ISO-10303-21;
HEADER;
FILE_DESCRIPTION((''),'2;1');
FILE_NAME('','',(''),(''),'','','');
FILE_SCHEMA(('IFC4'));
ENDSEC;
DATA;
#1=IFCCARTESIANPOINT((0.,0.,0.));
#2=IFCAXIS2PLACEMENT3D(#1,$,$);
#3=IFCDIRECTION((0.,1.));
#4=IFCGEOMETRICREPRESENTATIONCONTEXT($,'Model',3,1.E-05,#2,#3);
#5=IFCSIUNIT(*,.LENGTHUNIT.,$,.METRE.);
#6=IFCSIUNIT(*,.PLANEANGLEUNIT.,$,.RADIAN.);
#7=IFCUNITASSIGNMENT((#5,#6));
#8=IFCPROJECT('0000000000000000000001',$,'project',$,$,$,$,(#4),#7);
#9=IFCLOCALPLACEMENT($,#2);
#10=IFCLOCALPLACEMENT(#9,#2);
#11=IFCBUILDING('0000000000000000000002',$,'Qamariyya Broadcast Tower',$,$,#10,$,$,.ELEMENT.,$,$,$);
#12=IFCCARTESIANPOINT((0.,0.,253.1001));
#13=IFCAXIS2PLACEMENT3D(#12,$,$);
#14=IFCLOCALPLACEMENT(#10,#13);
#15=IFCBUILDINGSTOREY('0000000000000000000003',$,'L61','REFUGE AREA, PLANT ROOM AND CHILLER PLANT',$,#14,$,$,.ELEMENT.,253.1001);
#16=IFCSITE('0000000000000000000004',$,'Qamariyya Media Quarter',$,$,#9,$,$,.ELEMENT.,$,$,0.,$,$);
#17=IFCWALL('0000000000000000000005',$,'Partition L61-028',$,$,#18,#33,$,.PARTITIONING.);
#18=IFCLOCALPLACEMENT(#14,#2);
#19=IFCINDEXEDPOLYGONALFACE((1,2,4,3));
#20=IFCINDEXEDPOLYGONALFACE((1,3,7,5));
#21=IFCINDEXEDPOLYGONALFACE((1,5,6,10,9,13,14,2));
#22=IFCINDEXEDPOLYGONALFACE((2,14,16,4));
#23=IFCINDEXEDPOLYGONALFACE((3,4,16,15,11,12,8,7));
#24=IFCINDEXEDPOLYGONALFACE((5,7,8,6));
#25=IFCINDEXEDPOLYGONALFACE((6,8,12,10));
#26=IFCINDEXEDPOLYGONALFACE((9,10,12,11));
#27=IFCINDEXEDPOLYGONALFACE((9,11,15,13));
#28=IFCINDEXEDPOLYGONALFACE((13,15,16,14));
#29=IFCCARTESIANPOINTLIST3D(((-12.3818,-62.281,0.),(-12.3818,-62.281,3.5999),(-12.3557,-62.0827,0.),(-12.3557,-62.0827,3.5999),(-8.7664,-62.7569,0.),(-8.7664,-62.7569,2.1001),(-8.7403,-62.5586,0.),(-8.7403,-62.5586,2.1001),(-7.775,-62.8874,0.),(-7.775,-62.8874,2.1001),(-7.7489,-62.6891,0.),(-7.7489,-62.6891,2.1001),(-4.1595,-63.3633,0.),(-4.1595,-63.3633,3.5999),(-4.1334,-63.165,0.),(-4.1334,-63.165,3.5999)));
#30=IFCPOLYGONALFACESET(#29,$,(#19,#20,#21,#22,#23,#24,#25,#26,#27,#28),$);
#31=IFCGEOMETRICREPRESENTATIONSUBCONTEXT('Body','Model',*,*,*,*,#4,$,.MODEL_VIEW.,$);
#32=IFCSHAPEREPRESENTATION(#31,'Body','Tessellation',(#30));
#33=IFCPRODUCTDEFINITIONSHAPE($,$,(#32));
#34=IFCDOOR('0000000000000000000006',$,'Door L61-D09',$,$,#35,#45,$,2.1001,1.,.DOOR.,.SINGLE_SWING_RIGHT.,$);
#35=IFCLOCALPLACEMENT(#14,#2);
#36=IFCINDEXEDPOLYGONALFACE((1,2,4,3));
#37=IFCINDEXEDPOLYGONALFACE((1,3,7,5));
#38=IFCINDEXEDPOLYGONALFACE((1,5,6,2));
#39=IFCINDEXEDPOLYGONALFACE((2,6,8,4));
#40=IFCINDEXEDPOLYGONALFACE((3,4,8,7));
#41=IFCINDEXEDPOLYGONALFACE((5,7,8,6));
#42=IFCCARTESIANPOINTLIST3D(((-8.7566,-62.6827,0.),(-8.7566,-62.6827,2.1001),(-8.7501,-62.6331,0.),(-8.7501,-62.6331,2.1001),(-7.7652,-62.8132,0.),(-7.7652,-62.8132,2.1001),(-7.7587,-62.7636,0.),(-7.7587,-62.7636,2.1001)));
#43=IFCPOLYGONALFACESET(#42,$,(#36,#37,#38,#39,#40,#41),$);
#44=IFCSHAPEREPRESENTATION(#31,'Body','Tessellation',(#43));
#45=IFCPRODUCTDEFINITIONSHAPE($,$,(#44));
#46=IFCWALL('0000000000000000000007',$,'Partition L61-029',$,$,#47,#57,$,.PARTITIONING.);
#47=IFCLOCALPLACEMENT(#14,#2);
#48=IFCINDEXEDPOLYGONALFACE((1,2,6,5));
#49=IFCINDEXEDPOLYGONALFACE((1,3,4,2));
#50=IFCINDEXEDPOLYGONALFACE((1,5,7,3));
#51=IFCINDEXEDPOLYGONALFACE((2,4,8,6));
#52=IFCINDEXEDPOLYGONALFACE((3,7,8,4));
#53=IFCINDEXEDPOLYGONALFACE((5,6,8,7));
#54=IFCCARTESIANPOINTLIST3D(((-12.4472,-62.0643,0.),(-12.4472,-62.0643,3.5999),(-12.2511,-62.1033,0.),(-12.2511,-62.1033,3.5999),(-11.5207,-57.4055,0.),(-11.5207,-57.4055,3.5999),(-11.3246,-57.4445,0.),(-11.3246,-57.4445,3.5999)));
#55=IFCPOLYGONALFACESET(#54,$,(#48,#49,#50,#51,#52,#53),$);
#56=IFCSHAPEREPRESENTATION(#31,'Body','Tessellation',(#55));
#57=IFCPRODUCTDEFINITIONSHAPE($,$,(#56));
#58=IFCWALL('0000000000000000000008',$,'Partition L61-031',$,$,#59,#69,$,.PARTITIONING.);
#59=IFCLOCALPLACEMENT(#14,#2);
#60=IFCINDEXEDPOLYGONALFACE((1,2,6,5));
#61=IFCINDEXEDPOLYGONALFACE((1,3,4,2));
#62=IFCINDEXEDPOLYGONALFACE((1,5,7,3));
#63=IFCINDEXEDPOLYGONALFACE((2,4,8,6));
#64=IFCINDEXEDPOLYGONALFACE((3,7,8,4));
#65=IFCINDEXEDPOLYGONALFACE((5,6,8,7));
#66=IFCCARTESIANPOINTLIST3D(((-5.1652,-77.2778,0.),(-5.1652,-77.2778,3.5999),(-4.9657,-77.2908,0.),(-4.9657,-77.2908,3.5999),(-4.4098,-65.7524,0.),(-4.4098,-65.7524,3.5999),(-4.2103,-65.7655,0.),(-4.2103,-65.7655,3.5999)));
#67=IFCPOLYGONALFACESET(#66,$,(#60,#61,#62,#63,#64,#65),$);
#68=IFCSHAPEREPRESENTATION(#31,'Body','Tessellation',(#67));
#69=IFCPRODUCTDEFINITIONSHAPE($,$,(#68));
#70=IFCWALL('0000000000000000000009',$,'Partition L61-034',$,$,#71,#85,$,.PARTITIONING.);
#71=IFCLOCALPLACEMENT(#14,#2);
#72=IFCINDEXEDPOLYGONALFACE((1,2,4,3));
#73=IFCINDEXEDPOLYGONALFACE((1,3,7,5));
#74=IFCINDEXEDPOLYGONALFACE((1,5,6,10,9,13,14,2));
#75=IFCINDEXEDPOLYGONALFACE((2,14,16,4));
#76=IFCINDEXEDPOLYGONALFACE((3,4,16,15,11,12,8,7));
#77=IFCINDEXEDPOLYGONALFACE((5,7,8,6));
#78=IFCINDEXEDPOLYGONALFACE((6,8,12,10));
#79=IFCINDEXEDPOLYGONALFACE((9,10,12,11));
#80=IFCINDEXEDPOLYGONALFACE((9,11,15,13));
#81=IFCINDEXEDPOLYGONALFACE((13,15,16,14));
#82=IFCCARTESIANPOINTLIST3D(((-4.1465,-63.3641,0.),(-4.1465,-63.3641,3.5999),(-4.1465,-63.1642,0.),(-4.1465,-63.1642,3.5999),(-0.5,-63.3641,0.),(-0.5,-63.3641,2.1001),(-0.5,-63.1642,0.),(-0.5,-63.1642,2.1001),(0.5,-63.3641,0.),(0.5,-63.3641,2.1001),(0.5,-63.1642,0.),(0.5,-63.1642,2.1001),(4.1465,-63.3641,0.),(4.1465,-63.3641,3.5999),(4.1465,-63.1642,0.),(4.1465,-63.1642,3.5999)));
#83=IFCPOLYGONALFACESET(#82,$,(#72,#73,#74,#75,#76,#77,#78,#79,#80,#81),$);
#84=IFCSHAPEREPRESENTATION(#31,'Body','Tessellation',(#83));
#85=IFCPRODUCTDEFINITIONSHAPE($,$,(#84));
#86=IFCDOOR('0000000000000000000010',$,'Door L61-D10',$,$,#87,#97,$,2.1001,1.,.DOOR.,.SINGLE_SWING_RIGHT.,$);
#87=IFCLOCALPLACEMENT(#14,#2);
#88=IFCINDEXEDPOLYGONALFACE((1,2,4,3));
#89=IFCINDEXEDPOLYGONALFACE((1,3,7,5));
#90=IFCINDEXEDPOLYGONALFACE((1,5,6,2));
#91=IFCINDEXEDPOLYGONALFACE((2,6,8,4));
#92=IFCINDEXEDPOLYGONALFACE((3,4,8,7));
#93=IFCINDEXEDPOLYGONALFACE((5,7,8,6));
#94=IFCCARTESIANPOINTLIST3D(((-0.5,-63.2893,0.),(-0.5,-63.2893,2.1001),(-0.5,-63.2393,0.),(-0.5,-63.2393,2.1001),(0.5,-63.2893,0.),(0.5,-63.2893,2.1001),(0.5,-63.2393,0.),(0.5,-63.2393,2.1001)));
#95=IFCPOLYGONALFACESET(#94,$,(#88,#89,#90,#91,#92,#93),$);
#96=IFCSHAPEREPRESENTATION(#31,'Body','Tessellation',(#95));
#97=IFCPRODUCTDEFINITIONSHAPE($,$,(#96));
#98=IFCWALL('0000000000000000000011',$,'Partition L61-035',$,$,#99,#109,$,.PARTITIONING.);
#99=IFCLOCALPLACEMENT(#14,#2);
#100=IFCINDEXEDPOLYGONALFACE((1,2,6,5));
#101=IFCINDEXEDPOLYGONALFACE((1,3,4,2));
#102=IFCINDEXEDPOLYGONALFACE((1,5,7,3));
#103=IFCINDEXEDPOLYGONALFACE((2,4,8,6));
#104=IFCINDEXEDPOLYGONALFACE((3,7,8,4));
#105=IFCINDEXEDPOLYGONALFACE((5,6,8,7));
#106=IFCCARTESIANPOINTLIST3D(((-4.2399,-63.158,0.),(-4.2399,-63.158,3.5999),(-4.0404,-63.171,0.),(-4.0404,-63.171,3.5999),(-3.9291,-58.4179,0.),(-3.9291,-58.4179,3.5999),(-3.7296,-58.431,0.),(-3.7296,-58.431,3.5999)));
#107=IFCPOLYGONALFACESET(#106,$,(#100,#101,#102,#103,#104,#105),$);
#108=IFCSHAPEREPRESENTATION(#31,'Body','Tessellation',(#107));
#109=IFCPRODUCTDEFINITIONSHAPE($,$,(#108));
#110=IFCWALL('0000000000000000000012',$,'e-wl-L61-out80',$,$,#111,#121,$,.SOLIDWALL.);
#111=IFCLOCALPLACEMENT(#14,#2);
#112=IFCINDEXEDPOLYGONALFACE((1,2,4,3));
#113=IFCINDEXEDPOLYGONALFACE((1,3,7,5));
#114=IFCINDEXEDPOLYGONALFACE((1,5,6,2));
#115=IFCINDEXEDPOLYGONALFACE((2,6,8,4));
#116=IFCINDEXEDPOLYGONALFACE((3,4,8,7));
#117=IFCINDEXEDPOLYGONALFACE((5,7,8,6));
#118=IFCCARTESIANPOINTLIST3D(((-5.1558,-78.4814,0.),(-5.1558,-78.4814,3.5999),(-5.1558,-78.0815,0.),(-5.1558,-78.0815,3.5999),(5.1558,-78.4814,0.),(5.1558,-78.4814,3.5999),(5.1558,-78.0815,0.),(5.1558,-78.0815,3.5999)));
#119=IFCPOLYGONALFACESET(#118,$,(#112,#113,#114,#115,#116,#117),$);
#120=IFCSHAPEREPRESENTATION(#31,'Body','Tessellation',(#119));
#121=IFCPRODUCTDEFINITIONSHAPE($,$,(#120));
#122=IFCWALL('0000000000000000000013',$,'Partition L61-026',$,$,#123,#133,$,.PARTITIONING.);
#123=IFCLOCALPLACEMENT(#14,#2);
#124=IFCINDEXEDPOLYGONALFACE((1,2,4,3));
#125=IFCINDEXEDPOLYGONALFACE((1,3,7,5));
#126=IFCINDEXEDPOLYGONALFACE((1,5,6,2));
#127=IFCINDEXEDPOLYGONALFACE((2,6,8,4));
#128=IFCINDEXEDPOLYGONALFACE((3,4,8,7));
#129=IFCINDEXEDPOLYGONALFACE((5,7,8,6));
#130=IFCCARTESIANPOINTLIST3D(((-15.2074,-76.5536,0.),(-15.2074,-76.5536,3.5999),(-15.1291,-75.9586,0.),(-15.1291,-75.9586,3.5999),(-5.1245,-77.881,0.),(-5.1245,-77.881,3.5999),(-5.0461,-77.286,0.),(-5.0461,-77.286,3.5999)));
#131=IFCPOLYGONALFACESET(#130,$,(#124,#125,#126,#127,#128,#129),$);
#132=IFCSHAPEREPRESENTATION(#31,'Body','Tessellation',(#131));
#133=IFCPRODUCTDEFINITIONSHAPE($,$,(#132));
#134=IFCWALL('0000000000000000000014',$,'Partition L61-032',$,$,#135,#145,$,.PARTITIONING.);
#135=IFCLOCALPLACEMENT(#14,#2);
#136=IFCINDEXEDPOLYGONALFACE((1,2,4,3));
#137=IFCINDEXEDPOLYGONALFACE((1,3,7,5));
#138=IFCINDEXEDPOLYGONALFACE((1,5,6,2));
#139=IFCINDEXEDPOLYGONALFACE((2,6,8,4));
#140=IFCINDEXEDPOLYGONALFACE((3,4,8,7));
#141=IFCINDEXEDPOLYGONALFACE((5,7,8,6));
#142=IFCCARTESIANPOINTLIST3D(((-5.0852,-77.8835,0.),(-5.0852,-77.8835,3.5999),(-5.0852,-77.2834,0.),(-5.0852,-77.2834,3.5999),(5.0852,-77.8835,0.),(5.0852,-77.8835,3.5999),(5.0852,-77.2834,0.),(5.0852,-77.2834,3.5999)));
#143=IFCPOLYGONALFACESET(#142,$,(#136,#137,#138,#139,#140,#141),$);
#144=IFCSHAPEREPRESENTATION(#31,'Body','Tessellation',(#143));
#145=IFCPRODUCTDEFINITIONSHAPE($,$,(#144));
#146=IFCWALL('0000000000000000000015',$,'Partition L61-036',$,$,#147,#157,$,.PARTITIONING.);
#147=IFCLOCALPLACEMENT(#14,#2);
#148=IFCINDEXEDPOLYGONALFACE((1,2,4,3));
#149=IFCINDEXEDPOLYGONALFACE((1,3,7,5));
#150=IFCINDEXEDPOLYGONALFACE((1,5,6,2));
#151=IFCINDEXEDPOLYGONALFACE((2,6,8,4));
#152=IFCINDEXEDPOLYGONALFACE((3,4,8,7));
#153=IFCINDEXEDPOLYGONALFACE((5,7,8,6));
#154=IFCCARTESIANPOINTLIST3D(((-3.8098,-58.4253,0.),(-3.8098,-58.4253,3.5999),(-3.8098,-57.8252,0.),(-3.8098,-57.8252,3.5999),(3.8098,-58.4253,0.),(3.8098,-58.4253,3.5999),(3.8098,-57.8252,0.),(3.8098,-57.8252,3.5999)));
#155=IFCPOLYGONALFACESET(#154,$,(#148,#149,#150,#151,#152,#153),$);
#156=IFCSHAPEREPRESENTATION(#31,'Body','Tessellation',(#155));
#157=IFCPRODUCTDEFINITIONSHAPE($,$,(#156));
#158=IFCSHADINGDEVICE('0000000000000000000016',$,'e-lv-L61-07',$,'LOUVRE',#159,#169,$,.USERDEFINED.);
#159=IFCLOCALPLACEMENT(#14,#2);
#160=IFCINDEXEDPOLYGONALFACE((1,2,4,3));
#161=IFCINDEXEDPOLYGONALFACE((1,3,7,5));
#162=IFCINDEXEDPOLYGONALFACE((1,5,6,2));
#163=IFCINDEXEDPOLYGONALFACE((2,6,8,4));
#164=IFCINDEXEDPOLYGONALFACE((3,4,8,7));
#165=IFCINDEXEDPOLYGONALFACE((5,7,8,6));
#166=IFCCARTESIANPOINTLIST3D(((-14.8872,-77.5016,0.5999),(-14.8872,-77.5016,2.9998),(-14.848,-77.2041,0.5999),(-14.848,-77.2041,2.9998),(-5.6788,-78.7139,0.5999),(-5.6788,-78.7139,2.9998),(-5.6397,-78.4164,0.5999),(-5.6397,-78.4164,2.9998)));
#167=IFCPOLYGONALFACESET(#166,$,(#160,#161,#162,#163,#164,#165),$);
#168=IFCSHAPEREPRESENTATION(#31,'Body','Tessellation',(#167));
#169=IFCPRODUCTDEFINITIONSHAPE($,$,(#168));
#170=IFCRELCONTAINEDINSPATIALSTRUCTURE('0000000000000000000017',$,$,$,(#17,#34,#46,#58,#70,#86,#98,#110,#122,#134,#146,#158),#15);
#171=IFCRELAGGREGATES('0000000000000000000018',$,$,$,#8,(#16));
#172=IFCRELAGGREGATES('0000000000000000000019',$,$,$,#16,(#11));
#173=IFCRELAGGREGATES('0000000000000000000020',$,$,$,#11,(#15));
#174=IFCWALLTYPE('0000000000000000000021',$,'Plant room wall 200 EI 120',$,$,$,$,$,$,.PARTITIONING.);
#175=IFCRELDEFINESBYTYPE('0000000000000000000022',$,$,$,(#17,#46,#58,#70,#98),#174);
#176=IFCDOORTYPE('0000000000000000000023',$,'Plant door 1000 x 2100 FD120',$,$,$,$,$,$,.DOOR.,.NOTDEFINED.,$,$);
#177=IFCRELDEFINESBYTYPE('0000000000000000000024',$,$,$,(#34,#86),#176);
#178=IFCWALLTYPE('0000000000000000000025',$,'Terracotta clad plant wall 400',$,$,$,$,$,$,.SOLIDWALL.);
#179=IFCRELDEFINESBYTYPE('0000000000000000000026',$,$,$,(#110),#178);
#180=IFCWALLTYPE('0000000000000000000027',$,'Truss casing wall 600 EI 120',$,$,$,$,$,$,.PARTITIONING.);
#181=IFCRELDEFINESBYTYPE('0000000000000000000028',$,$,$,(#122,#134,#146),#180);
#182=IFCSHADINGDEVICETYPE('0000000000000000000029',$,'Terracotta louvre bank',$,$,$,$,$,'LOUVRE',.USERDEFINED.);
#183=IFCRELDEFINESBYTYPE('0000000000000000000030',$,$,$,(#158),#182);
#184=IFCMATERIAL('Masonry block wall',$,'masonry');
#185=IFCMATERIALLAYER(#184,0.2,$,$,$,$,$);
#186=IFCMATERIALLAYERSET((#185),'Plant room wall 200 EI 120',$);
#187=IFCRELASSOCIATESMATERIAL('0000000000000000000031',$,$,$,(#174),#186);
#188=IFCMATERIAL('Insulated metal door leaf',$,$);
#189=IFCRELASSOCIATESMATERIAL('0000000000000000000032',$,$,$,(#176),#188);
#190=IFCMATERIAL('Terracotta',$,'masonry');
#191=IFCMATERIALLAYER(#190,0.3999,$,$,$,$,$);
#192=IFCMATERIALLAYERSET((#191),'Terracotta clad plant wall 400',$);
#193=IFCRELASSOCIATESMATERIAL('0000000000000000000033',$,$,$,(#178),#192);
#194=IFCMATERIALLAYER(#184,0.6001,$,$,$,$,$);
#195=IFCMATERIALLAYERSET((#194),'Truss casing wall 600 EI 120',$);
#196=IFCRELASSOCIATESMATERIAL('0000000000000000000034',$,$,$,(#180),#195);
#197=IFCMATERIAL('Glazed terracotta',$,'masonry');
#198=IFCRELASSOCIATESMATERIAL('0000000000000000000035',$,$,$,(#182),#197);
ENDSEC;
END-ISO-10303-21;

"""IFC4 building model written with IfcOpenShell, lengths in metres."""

from ifc_helpers import new_model, si_unit, direction, frame, frame_2d, origin, origin_2d, place, context, subcontext, project, spatial, rectangle, extrude, material, layer, layer_set, type_object, element, fill, save


model = new_model("IFC4")

# Units and contexts
model_context = context("Model", 3, precision=1e-05, world=origin(), true_north=direction((0.0, 1.0)))
body_context = subcontext(model_context, "Body", "Model", "MODEL_VIEW")
ifc_project = project(units=[si_unit("LENGTHUNIT", "METRE"), si_unit("PLANEANGLEUNIT", "RADIAN")], contexts=[model_context])

# Site, building, storey
site_placement = place(None, origin())
site = spatial("IfcSite", under=ifc_project, at=site_placement, Name="Qamariyya Media Quarter", CompositionType="ELEMENT", RefElevation=0.0)
building_placement = place(site_placement, origin())
building = spatial("IfcBuilding", under=site, at=building_placement, Name="Qamariyya Broadcast Tower", CompositionType="ELEMENT")
storey_placement = place(building_placement, frame((0.0, 0.0, 253.1001)))
storey = spatial("IfcBuildingStorey", under=building, at=storey_placement, Name="L61", Description="REFUGE AREA, PLANT ROOM AND CHILLER PLANT", CompositionType="ELEMENT", Elevation=253.1001)

# Shared definitions
ifc_material_1 = material(Name="Masonry block wall", Category="masonry")
ifc_layer_1 = layer(ifc_material_1, 0.2)
ifc_layer_set_1 = layer_set([ifc_layer_1], Name="Plant room wall 200 EI 120")
wall_type_1 = type_object("IfcWallType", Name="Plant room wall 200 EI 120", PredefinedType="PARTITIONING", material=ifc_layer_set_1)
ifc_material_2 = material(Name="Insulated metal door leaf")
door_type = type_object("IfcDoorType", Name="Plant door 1000 x 2100 FD120", OperationType="NOTDEFINED", PredefinedType="DOOR", material=ifc_material_2)

# Wall, opening, door
wall_1_placement = place(storey_placement, frame((-12.3687, -62.1819, 0.0), z_axis=(0.0, 0.0, 1.0), x_axis=(0.991448, -0.130503, 0.0)))
wall_1 = element("IfcWall", 1, at=wall_1_placement, inside=storey, type_object=wall_type_1, Name="Partition L61-028", PredefinedType="PARTITIONING", context=body_context, shape_type="SweptSolid", body=[
    extrude(rectangle(XDim=8.2932, YDim=0.2, at=frame_2d((4.1465, 0.0))), origin(), (0.0, 0.0, 1.0), 3.5999),
])
opening_1_placement = place(wall_1_placement, frame((3.6465, 0.0, 0.0)))
opening_1 = element("IfcOpeningElement", 2, at=opening_1_placement, cuts=wall_1, PredefinedType="OPENING", context=body_context, shape_type="SweptSolid", body=[
    extrude(rectangle(XDim=1.0, YDim=2.1001, at=frame_2d((0.5, 1.05))), frame((0.0, 0.1099, 0.0), z_axis=(0.0, -1.0, 0.0), x_axis=(1.0, 0.0, 0.0)), (0.0, 0.0, 1.0), 0.22),
])
door_1_placement = place(opening_1_placement, origin())
door_1 = element("IfcDoor", 3, at=door_1_placement, inside=storey, type_object=door_type, Name="Door L61-D09", OperationType="SINGLE_SWING_RIGHT", OverallHeight=2.1001, OverallWidth=1.0, PredefinedType="DOOR", context=body_context, shape_type="SweptSolid", body=[
    extrude(rectangle(XDim=1.0, YDim=2.1001, at=frame_2d((0.5, 1.05))), frame((0.0, 0.0249, 0.0), z_axis=(0.0, -1.0, 0.0), x_axis=(1.0, 0.0, 0.0)), (0.0, 0.0, 1.0), 0.05),
])
fill(opening_1, door_1)

# Walls
wall_2_placement = place(storey_placement, frame((-11.4226, -57.425, 0.0), z_axis=(0.0, 0.0, 1.0), x_axis=(-0.195058, -0.980792, 0.0)))
element("IfcWall", 4, at=wall_2_placement, inside=storey, type_object=wall_type_1, Name="Partition L61-029", PredefinedType="PARTITIONING", context=body_context, shape_type="SweptSolid", body=[
    extrude(rectangle(XDim=4.75, YDim=0.2, at=frame_2d((2.375, 0.0))), origin(), (0.0, 0.0, 1.0), 3.5999),
])
wall_3_placement = place(storey_placement, frame((-5.0654, -77.2842, 0.0), z_axis=(0.0, 0.0, 1.0), x_axis=(0.065399, 0.997859, 0.0)))
element("IfcWall", 5, at=wall_3_placement, inside=storey, type_object=wall_type_1, Name="Partition L61-031", PredefinedType="PARTITIONING", context=body_context, shape_type="SweptSolid", body=[
    extrude(rectangle(XDim=11.55, YDim=0.2, at=frame_2d((5.7749, 0.0))), origin(), (0.0, 0.0, 1.0), 3.5999),
])

# Wall, opening, door
wall_4_placement = place(storey_placement, frame((-4.1465, -63.2642, 0.0), z_axis=(0.0, 0.0, 1.0), x_axis=(1.0, 0.0, 0.0)))
wall_4 = element("IfcWall", 6, at=wall_4_placement, inside=storey, type_object=wall_type_1, Name="Partition L61-034", PredefinedType="PARTITIONING", context=body_context, shape_type="SweptSolid", body=[
    extrude(rectangle(XDim=8.293, YDim=0.2, at=frame_2d((4.1465, 0.0))), origin(), (0.0, 0.0, 1.0), 3.5999),
])
opening_2_placement = place(wall_4_placement, frame((3.6465, 0.0, 0.0)))
opening_2 = element("IfcOpeningElement", 7, at=opening_2_placement, cuts=wall_4, PredefinedType="OPENING", context=body_context, shape_type="SweptSolid", body=[
    extrude(rectangle(XDim=1.0, YDim=2.1001, at=frame_2d((0.5, 1.05))), frame((0.0, 0.1099, 0.0), z_axis=(0.0, -1.0, 0.0), x_axis=(1.0, 0.0, 0.0)), (0.0, 0.0, 1.0), 0.22),
])
door_2_placement = place(opening_2_placement, origin())
door_2 = element("IfcDoor", 8, at=door_2_placement, inside=storey, type_object=door_type, Name="Door L61-D10", OperationType="SINGLE_SWING_RIGHT", OverallHeight=2.1001, OverallWidth=1.0, PredefinedType="DOOR", context=body_context, shape_type="SweptSolid", body=[
    extrude(rectangle(XDim=1.0, YDim=2.1001, at=frame_2d((0.5, 1.05))), frame((0.0, 0.0249, 0.0), z_axis=(0.0, -1.0, 0.0), x_axis=(1.0, 0.0, 0.0)), (0.0, 0.0, 1.0), 0.05),
])
fill(opening_2, door_2)

# Walls
wall_5_placement = place(storey_placement, frame((-3.8293, -58.4246, 0.0), z_axis=(0.0, 0.0, 1.0), x_axis=(-0.065427, -0.997857, 0.0)))
element("IfcWall", 9, at=wall_5_placement, inside=storey, type_object=wall_type_1, Name="Partition L61-035", PredefinedType="PARTITIONING", context=body_context, shape_type="SweptSolid", body=[
    extrude(rectangle(XDim=4.7502, YDim=0.2, at=frame_2d((2.375, 0.0))), origin(), (0.0, 0.0, 1.0), 3.5999),
])
ifc_material_3 = material(Name="Terracotta", Category="masonry")
ifc_layer_2 = layer(ifc_material_3, 0.3999)
ifc_layer_set_2 = layer_set([ifc_layer_2], Name="Terracotta clad plant wall 400")
wall_type_2 = type_object("IfcWallType", Name="Terracotta clad plant wall 400", PredefinedType="SOLIDWALL", material=ifc_layer_set_2)
wall_6_placement = place(storey_placement, frame((-5.1558, -78.2815, 0.0), z_axis=(0.0, 0.0, 1.0), x_axis=(1.0, 0.0, 0.0)))
element("IfcWall", 10, at=wall_6_placement, inside=storey, type_object=wall_type_2, Name="e-wl-L61-out80", PredefinedType="SOLIDWALL", context=body_context, shape_type="SweptSolid", body=[
    extrude(rectangle(XDim=10.3115, YDim=0.3999, at=frame_2d((5.1558, 0.0))), origin(), (0.0, 0.0, 1.0), 3.5999),
])
ifc_layer_3 = layer(ifc_material_1, 0.6001)
ifc_layer_set_3 = layer_set([ifc_layer_3], Name="Truss casing wall 600 EI 120")
wall_type_3 = type_object("IfcWallType", Name="Truss casing wall 600 EI 120", PredefinedType="PARTITIONING", material=ifc_layer_set_3)
wall_7_placement = place(storey_placement, frame((-15.1682, -76.2561, 0.0), z_axis=(0.0, 0.0, 1.0), x_axis=(0.991446, -0.13052, 0.0)))
element("IfcWall", 11, at=wall_7_placement, inside=storey, type_object=wall_type_3, Name="Partition L61-026", PredefinedType="PARTITIONING", context=body_context, shape_type="SweptSolid", body=[
    extrude(rectangle(XDim=10.1699, YDim=0.6001, at=frame_2d((5.085, 0.0))), origin(), (0.0, 0.0, 1.0), 3.5999),
])
wall_8_placement = place(storey_placement, frame((-5.0852, -77.5835, 0.0), z_axis=(0.0, 0.0, 1.0), x_axis=(1.0, 0.0, 0.0)))
element("IfcWall", 12, at=wall_8_placement, inside=storey, type_object=wall_type_3, Name="Partition L61-032", PredefinedType="PARTITIONING", context=body_context, shape_type="SweptSolid", body=[
    extrude(rectangle(XDim=10.1704, YDim=0.6001, at=frame_2d((5.0852, 0.0))), origin(), (0.0, 0.0, 1.0), 3.5999),
])
wall_9_placement = place(storey_placement, frame((-3.8098, -58.1252, 0.0), z_axis=(0.0, 0.0, 1.0), x_axis=(1.0, 0.0, 0.0)))
element("IfcWall", 13, at=wall_9_placement, inside=storey, type_object=wall_type_3, Name="Partition L61-036", PredefinedType="PARTITIONING", context=body_context, shape_type="SweptSolid", body=[
    extrude(rectangle(XDim=7.6196, YDim=0.6001, at=frame_2d((3.8098, 0.0))), origin(), (0.0, 0.0, 1.0), 3.5999),
])

# Shading device
ifc_material_4 = material(Name="Glazed terracotta", Category="masonry")
shading_device_type = type_object("IfcShadingDeviceType", Name="Terracotta louvre bank", ElementType="LOUVRE", PredefinedType="USERDEFINED", material=ifc_material_4)
shading_device_placement = place(storey_placement, frame((-10.2634, -77.959, 0.5999), z_axis=(0.0, 0.0, 1.0), x_axis=(0.991445, -0.130526, 0.0)))
element("IfcShadingDevice", 14, at=shading_device_placement, inside=storey, type_object=shading_device_type, Name="e-lv-L61-07", ObjectType="LOUVRE", PredefinedType="USERDEFINED", context=body_context, shape_type="SweptSolid", body=[
    extrude(rectangle(XDim=9.2878, YDim=0.3, at=origin_2d()), origin(), (0.0, 0.0, 1.0), 2.3999),
])

save(model, "model.ifc")
